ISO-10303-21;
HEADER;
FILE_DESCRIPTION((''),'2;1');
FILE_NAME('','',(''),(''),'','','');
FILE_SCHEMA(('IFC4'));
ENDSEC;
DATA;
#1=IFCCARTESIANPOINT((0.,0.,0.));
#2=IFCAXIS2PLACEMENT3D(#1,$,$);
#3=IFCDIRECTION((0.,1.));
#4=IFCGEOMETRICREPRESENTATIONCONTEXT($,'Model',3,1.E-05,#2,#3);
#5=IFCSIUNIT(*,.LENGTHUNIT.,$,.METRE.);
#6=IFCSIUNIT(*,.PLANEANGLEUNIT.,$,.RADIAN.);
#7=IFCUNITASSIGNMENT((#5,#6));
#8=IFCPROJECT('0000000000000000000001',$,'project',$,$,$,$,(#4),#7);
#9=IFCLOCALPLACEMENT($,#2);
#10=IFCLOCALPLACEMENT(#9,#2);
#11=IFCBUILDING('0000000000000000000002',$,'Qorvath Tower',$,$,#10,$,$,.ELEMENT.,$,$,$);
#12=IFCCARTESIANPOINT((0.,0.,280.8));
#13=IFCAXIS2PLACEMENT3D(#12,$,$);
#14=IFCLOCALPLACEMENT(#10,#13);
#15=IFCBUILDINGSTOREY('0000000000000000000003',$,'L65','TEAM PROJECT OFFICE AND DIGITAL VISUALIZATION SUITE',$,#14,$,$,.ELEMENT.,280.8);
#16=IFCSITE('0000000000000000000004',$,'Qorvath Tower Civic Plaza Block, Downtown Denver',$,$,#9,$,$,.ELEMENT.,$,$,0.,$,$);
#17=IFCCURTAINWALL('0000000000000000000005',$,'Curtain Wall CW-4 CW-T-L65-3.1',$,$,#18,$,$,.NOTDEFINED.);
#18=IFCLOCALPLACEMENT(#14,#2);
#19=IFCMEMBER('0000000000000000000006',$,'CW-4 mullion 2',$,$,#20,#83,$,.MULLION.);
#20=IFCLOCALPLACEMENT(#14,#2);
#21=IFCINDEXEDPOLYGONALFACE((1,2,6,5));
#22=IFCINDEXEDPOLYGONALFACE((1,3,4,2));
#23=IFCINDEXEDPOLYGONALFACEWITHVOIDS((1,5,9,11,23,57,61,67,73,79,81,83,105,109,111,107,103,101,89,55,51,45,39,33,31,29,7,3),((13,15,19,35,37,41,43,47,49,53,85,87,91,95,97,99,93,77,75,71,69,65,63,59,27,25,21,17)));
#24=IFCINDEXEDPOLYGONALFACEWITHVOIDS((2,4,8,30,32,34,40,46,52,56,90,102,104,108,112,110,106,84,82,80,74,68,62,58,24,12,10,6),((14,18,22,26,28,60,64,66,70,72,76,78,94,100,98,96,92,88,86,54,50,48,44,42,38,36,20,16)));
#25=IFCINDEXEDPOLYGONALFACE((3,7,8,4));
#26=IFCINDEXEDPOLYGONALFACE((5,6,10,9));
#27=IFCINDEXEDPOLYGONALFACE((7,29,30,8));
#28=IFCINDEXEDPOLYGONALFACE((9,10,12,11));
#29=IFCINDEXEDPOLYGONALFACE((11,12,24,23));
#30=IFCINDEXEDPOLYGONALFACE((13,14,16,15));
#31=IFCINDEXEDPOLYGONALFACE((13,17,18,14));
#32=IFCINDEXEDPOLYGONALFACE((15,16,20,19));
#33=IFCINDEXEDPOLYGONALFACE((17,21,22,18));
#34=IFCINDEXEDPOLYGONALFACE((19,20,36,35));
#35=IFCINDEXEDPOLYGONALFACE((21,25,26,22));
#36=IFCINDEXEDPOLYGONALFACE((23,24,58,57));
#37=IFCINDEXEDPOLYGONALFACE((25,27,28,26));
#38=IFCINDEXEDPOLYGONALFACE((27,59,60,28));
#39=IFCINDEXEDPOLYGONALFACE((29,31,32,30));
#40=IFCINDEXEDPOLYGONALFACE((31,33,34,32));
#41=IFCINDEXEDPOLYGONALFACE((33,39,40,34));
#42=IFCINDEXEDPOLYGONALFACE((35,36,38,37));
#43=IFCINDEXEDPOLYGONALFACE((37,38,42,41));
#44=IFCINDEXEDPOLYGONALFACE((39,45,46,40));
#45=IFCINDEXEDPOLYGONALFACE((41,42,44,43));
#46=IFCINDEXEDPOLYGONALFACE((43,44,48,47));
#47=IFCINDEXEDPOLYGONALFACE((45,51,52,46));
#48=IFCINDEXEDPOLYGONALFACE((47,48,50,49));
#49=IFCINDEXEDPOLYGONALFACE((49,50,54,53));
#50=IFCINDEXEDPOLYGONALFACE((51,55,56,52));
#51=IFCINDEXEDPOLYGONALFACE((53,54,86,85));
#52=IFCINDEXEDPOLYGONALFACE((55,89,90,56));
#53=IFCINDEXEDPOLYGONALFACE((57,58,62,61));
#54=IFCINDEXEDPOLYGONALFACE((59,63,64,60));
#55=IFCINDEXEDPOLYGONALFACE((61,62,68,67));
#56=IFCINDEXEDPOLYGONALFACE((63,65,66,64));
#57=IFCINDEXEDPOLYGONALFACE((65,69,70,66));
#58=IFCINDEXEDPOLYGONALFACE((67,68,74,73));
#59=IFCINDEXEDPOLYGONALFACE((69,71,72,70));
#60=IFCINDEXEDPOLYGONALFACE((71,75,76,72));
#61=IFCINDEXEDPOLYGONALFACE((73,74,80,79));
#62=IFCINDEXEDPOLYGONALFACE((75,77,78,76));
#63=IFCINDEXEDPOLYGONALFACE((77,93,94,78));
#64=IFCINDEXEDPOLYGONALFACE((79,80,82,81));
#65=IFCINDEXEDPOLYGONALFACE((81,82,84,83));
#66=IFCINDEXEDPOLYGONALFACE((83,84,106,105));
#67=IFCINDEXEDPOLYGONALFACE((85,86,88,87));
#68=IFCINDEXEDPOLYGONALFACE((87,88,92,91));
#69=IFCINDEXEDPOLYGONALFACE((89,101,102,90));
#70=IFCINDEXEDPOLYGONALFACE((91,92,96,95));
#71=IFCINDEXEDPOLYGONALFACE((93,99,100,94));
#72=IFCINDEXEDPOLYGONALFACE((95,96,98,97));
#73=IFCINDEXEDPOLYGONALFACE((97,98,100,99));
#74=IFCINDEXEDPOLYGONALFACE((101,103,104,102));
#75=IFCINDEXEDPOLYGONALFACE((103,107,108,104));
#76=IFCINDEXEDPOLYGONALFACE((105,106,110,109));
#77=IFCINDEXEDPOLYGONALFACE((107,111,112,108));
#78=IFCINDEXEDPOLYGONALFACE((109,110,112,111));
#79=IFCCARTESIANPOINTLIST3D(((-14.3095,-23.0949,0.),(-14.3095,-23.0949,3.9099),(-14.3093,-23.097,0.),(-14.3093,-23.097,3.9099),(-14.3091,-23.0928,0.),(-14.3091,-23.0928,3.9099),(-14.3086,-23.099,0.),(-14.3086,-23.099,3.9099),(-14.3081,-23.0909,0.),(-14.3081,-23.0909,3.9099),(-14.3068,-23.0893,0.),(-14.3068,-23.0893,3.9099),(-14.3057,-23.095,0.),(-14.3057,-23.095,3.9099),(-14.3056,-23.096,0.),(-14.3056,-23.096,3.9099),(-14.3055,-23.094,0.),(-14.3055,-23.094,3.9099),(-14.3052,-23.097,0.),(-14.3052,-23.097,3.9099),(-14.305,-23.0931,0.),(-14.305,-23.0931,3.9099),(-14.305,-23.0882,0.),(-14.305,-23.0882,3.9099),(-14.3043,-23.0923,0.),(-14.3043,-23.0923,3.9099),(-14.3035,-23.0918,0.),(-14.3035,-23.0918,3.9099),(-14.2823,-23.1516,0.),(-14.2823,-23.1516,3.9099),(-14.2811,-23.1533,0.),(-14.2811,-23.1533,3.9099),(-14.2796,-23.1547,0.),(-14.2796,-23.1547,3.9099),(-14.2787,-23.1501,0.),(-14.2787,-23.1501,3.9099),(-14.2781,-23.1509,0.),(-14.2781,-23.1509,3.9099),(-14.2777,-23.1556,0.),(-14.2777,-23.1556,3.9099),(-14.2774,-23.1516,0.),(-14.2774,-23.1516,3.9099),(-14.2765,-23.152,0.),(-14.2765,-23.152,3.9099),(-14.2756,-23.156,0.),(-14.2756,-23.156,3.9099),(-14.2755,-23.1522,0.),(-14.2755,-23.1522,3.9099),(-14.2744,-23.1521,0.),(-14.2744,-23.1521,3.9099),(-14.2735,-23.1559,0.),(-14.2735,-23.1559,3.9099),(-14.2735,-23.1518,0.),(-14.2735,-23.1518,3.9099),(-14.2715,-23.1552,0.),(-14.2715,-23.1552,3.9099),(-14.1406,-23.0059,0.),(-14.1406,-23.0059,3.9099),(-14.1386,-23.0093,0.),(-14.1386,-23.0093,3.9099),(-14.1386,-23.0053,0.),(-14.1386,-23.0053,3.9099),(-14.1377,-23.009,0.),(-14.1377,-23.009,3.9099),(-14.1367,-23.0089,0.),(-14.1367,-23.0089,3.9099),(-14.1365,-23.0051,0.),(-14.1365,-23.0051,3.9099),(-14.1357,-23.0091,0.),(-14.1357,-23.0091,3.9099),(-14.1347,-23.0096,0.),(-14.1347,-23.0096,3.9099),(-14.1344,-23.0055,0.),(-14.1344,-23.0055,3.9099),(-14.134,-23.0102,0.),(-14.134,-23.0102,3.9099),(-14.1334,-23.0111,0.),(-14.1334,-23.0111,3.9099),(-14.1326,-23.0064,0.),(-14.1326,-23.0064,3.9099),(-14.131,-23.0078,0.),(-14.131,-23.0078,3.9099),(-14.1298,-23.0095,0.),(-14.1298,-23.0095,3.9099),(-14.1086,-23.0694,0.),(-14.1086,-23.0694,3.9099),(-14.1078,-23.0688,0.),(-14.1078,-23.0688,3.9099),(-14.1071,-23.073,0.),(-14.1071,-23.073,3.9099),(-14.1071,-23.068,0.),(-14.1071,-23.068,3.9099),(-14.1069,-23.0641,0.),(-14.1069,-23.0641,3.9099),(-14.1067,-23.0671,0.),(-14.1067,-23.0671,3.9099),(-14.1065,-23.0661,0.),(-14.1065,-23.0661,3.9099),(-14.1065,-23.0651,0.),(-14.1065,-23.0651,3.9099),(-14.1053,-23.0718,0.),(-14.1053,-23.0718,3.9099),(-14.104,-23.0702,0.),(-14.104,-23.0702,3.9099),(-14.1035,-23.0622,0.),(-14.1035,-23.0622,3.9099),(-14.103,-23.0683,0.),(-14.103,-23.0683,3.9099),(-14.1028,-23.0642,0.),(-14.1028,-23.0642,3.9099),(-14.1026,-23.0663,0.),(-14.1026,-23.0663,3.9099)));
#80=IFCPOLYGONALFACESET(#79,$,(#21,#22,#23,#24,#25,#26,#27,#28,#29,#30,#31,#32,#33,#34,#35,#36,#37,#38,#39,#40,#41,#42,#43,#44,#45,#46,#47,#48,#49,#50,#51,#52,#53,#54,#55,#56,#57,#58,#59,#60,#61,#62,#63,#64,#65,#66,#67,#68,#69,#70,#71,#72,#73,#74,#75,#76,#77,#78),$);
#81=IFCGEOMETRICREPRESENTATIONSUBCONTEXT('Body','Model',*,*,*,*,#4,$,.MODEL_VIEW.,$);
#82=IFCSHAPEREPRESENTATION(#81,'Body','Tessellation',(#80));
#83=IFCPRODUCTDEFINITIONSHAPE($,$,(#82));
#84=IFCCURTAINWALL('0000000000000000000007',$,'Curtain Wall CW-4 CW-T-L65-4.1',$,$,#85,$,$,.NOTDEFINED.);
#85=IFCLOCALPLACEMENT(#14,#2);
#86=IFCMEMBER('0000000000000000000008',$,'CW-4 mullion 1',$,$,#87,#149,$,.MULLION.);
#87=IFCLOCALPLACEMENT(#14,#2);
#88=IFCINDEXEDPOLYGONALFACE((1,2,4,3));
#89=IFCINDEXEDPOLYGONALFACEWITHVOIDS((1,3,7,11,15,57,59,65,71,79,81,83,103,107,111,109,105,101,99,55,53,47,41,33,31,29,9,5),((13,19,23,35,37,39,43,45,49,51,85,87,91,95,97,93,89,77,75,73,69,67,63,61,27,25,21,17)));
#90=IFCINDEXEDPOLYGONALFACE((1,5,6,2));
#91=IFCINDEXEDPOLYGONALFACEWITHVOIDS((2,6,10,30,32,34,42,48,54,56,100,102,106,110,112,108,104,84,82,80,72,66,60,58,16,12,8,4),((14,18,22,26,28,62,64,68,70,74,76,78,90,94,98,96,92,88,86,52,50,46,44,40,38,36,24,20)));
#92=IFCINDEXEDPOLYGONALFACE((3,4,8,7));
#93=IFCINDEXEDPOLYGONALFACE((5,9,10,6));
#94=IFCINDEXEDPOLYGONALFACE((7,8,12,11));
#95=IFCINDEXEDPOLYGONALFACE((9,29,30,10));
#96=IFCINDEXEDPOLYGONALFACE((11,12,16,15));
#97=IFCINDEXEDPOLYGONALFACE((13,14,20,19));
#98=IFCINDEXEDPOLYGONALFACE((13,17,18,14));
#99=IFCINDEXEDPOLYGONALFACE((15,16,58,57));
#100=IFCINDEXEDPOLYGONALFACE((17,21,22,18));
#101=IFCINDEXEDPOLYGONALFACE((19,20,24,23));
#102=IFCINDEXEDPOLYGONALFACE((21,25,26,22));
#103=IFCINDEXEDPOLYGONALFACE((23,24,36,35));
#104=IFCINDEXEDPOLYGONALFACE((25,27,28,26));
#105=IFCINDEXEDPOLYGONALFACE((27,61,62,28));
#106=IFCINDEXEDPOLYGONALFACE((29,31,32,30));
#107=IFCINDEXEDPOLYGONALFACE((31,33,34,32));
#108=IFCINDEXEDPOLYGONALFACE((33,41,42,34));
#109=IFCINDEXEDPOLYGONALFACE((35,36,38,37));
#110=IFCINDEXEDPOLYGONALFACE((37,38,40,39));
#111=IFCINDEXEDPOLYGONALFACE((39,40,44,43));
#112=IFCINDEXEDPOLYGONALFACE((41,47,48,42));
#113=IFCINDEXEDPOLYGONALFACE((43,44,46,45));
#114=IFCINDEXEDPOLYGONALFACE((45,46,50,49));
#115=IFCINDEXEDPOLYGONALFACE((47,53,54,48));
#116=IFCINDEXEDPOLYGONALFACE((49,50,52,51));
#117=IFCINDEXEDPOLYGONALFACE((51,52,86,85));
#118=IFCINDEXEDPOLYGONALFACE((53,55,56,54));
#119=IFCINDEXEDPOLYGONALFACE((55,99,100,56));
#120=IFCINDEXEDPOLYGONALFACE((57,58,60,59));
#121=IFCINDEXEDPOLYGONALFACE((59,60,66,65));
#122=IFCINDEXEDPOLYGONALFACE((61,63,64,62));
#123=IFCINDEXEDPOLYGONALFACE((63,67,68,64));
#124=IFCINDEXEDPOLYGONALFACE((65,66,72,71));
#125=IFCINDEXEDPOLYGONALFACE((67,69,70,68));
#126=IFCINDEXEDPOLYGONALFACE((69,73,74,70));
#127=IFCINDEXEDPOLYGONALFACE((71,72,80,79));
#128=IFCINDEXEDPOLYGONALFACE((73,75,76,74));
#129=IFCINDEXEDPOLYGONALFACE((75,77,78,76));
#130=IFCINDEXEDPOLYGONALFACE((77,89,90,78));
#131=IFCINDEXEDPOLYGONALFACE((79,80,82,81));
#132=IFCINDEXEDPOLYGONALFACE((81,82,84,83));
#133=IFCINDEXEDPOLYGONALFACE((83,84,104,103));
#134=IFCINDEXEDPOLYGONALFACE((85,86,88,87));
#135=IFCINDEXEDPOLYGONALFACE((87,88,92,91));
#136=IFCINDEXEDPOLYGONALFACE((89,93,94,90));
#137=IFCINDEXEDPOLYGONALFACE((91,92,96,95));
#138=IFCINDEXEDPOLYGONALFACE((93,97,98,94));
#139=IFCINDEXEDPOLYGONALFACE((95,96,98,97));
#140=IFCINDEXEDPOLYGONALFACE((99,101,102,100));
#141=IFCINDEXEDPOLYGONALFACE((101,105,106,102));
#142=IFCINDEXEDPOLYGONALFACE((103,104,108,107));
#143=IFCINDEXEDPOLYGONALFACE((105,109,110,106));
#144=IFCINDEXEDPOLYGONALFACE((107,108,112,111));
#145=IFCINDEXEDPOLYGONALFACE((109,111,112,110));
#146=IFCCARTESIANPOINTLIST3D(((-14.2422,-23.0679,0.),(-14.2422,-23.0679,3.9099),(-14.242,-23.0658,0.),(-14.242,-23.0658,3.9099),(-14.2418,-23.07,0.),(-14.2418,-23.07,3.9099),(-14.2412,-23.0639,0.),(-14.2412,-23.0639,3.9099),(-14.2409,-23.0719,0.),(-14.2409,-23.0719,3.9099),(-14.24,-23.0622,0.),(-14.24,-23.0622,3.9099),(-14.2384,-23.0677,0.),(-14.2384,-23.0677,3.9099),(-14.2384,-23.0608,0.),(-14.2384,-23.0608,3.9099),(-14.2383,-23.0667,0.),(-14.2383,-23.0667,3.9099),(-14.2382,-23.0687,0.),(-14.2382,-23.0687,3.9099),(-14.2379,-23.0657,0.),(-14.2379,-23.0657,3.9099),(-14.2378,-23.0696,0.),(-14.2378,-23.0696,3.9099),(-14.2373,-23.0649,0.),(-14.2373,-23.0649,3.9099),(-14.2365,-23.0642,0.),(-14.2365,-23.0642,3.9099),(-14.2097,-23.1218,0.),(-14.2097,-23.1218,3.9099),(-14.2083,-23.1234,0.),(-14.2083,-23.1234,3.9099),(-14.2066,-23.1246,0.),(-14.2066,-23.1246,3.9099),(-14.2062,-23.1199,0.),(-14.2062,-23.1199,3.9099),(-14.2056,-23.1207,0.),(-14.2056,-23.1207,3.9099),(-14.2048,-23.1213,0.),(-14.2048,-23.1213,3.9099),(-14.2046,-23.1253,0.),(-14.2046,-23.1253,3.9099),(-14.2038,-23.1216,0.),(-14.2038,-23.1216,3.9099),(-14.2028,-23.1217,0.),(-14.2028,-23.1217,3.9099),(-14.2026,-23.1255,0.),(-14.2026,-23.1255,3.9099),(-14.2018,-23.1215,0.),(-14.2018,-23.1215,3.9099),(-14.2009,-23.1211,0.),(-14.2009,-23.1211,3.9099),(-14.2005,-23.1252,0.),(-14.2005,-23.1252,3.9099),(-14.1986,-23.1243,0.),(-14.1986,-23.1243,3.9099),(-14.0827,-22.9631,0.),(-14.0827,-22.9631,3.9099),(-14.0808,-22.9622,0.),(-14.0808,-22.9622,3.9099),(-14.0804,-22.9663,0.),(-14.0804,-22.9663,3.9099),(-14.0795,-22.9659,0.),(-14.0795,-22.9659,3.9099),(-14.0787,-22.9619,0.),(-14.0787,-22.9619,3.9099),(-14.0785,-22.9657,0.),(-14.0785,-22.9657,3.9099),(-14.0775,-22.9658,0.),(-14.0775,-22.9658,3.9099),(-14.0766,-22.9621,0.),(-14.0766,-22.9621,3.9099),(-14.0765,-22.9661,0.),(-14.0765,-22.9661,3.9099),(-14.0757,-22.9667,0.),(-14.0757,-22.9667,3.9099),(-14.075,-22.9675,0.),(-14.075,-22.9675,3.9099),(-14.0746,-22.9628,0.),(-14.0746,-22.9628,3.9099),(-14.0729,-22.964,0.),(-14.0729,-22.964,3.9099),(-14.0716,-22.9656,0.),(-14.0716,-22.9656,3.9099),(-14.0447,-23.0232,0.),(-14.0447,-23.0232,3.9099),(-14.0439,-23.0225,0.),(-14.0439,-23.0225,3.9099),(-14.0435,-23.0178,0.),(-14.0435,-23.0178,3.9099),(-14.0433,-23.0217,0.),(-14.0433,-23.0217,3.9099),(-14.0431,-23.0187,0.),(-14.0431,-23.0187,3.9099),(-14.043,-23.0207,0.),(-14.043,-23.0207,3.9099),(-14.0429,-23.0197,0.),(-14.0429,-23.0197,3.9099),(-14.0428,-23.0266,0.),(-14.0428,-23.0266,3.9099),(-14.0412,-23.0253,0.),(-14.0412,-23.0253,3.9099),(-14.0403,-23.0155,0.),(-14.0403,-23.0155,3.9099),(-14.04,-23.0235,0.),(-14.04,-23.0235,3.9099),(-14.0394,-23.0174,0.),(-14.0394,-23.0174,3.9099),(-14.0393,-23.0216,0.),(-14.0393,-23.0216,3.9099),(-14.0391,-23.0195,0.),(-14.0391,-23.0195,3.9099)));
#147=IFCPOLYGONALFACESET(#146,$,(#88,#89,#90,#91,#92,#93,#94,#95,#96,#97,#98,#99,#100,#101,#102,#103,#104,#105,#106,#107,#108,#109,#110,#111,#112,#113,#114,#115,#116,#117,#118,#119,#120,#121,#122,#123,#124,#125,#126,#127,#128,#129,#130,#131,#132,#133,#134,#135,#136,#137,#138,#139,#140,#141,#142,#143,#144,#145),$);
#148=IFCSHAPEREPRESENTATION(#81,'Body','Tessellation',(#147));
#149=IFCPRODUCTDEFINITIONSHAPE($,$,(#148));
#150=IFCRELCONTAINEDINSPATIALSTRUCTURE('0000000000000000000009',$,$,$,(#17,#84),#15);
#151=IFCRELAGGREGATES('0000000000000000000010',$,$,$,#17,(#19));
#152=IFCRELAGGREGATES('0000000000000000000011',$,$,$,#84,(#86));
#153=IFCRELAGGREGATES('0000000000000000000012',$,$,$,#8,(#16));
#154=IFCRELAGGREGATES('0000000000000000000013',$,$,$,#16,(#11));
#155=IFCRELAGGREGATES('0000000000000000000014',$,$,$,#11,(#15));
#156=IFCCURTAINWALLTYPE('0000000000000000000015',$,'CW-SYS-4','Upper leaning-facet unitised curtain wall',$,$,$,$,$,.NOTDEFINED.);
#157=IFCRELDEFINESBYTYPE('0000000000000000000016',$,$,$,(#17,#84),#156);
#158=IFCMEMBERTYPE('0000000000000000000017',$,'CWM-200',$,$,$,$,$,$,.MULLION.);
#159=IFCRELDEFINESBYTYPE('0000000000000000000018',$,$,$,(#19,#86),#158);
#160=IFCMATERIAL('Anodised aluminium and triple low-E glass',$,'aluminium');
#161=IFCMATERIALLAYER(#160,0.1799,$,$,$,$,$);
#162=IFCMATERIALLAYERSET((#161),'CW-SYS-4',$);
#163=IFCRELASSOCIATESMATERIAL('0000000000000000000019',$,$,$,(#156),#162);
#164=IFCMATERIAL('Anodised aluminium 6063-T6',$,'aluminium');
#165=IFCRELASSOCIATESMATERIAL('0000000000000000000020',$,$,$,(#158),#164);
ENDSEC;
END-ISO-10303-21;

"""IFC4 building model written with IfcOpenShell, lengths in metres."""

from ifc_helpers import new_model, si_unit, direction, frame, origin, origin_2d, place, context, subcontext, project, spatial, hollow_rectangle, extrude, material, layer, layer_set, material_profile, profile_set, type_object, element, aggregate, save


model = new_model("IFC4")

# Units and contexts
model_context = context("Model", 3, precision=1e-05, world=origin(), true_north=direction((0.0, 1.0)))
body_context = subcontext(model_context, "Body", "Model", "MODEL_VIEW")
ifc_project = project(units=[si_unit("LENGTHUNIT", "METRE"), si_unit("PLANEANGLEUNIT", "RADIAN")], contexts=[model_context])

# Site, building, storey
site_placement = place(None, origin())
site = spatial("IfcSite", under=ifc_project, at=site_placement, Name="Qorvath Tower Civic Plaza Block, Downtown Denver", CompositionType="ELEMENT", RefElevation=0.0)
building_placement = place(site_placement, origin())
building = spatial("IfcBuilding", under=site, at=building_placement, Name="Qorvath Tower", CompositionType="ELEMENT")
storey_placement = place(building_placement, frame((0.0, 0.0, 280.8)))
storey = spatial("IfcBuildingStorey", under=building, at=storey_placement, Name="L65", Description="TEAM PROJECT OFFICE AND DIGITAL VISUALIZATION SUITE", CompositionType="ELEMENT", Elevation=280.8)

# Shared definitions
ifc_material_1 = material(Name="Anodised aluminium and triple low-E glass", Category="aluminium")
ifc_layer_1 = layer(ifc_material_1, 0.1799)
ifc_layer_set_1 = layer_set([ifc_layer_1], Name="CW-SYS-4")
curtain_wall_type = type_object("IfcCurtainWallType", Name="CW-SYS-4", Description="Upper leaning-facet unitised curtain wall", PredefinedType="NOTDEFINED", material=ifc_layer_set_1)
ifc_material_2 = material(Name="Anodised aluminium 6063-T6", Category="aluminium")
ifc_material_profile_1 = material_profile(ifc_material_2, hollow_rectangle(XDim=0.075, YDim=0.2, WallThickness=0.0039, InnerFilletRadius=0.0039, OuterFilletRadius=0.0081, at=origin_2d()), Name="CWM 200x75")
ifc_profile_set_1 = profile_set([ifc_material_profile_1], Name="Anodised aluminium 6063-T6")
member_type_1 = type_object("IfcMemberType", Name="CWM-200", PredefinedType="MULLION", material=ifc_profile_set_1)

# Curtain walls, members
curtain_wall_1_placement = place(storey_placement, origin())
curtain_wall_1 = element("IfcCurtainWall", 1, at=curtain_wall_1_placement, inside=storey, type_object=curtain_wall_type, Name="Curtain Wall CW-4 CW-T-L65-3.1", PredefinedType="NOTDEFINED")
member_1_placement = place(storey_placement, frame((-14.2061, -23.0806, 0.0), z_axis=(0.0, 0.0, 1.0), x_axis=(-0.447224, 0.894422, 0.0)))
member_1 = element("IfcMember", 2, at=member_1_placement, type_object=member_type_1, Name="CW-4 mullion 2", PredefinedType="MULLION", context=body_context, shape_type="SweptSolid", body=[
    extrude(hollow_rectangle(XDim=0.075, YDim=0.2, WallThickness=0.0039, InnerFilletRadius=0.0039, OuterFilletRadius=0.0081, at=origin_2d()), origin(), (0.0, 0.0, 1.0), 3.9099),
])
curtain_wall_2_placement = place(storey_placement, origin())
curtain_wall_2 = element("IfcCurtainWall", 3, at=curtain_wall_2_placement, inside=storey, type_object=curtain_wall_type, Name="Curtain Wall CW-4 CW-T-L65-4.1", PredefinedType="NOTDEFINED")
member_2_placement = place(storey_placement, frame((-14.1406, -23.0437, 0.0), z_axis=(0.0, 0.0, 1.0), x_axis=(-0.531481, 0.84707, 0.0)))
member_2 = element("IfcMember", 4, at=member_2_placement, type_object=member_type_1, Name="CW-4 mullion 1", PredefinedType="MULLION", context=body_context, shape_type="SweptSolid", body=[
    extrude(hollow_rectangle(XDim=0.075, YDim=0.2, WallThickness=0.0039, InnerFilletRadius=0.0039, OuterFilletRadius=0.0081, at=origin_2d()), origin(), (0.0, 0.0, 1.0), 3.9099),
])

aggregate(curtain_wall_1, [member_1])
aggregate(curtain_wall_2, [member_2])

save(model, "model.ifc")
